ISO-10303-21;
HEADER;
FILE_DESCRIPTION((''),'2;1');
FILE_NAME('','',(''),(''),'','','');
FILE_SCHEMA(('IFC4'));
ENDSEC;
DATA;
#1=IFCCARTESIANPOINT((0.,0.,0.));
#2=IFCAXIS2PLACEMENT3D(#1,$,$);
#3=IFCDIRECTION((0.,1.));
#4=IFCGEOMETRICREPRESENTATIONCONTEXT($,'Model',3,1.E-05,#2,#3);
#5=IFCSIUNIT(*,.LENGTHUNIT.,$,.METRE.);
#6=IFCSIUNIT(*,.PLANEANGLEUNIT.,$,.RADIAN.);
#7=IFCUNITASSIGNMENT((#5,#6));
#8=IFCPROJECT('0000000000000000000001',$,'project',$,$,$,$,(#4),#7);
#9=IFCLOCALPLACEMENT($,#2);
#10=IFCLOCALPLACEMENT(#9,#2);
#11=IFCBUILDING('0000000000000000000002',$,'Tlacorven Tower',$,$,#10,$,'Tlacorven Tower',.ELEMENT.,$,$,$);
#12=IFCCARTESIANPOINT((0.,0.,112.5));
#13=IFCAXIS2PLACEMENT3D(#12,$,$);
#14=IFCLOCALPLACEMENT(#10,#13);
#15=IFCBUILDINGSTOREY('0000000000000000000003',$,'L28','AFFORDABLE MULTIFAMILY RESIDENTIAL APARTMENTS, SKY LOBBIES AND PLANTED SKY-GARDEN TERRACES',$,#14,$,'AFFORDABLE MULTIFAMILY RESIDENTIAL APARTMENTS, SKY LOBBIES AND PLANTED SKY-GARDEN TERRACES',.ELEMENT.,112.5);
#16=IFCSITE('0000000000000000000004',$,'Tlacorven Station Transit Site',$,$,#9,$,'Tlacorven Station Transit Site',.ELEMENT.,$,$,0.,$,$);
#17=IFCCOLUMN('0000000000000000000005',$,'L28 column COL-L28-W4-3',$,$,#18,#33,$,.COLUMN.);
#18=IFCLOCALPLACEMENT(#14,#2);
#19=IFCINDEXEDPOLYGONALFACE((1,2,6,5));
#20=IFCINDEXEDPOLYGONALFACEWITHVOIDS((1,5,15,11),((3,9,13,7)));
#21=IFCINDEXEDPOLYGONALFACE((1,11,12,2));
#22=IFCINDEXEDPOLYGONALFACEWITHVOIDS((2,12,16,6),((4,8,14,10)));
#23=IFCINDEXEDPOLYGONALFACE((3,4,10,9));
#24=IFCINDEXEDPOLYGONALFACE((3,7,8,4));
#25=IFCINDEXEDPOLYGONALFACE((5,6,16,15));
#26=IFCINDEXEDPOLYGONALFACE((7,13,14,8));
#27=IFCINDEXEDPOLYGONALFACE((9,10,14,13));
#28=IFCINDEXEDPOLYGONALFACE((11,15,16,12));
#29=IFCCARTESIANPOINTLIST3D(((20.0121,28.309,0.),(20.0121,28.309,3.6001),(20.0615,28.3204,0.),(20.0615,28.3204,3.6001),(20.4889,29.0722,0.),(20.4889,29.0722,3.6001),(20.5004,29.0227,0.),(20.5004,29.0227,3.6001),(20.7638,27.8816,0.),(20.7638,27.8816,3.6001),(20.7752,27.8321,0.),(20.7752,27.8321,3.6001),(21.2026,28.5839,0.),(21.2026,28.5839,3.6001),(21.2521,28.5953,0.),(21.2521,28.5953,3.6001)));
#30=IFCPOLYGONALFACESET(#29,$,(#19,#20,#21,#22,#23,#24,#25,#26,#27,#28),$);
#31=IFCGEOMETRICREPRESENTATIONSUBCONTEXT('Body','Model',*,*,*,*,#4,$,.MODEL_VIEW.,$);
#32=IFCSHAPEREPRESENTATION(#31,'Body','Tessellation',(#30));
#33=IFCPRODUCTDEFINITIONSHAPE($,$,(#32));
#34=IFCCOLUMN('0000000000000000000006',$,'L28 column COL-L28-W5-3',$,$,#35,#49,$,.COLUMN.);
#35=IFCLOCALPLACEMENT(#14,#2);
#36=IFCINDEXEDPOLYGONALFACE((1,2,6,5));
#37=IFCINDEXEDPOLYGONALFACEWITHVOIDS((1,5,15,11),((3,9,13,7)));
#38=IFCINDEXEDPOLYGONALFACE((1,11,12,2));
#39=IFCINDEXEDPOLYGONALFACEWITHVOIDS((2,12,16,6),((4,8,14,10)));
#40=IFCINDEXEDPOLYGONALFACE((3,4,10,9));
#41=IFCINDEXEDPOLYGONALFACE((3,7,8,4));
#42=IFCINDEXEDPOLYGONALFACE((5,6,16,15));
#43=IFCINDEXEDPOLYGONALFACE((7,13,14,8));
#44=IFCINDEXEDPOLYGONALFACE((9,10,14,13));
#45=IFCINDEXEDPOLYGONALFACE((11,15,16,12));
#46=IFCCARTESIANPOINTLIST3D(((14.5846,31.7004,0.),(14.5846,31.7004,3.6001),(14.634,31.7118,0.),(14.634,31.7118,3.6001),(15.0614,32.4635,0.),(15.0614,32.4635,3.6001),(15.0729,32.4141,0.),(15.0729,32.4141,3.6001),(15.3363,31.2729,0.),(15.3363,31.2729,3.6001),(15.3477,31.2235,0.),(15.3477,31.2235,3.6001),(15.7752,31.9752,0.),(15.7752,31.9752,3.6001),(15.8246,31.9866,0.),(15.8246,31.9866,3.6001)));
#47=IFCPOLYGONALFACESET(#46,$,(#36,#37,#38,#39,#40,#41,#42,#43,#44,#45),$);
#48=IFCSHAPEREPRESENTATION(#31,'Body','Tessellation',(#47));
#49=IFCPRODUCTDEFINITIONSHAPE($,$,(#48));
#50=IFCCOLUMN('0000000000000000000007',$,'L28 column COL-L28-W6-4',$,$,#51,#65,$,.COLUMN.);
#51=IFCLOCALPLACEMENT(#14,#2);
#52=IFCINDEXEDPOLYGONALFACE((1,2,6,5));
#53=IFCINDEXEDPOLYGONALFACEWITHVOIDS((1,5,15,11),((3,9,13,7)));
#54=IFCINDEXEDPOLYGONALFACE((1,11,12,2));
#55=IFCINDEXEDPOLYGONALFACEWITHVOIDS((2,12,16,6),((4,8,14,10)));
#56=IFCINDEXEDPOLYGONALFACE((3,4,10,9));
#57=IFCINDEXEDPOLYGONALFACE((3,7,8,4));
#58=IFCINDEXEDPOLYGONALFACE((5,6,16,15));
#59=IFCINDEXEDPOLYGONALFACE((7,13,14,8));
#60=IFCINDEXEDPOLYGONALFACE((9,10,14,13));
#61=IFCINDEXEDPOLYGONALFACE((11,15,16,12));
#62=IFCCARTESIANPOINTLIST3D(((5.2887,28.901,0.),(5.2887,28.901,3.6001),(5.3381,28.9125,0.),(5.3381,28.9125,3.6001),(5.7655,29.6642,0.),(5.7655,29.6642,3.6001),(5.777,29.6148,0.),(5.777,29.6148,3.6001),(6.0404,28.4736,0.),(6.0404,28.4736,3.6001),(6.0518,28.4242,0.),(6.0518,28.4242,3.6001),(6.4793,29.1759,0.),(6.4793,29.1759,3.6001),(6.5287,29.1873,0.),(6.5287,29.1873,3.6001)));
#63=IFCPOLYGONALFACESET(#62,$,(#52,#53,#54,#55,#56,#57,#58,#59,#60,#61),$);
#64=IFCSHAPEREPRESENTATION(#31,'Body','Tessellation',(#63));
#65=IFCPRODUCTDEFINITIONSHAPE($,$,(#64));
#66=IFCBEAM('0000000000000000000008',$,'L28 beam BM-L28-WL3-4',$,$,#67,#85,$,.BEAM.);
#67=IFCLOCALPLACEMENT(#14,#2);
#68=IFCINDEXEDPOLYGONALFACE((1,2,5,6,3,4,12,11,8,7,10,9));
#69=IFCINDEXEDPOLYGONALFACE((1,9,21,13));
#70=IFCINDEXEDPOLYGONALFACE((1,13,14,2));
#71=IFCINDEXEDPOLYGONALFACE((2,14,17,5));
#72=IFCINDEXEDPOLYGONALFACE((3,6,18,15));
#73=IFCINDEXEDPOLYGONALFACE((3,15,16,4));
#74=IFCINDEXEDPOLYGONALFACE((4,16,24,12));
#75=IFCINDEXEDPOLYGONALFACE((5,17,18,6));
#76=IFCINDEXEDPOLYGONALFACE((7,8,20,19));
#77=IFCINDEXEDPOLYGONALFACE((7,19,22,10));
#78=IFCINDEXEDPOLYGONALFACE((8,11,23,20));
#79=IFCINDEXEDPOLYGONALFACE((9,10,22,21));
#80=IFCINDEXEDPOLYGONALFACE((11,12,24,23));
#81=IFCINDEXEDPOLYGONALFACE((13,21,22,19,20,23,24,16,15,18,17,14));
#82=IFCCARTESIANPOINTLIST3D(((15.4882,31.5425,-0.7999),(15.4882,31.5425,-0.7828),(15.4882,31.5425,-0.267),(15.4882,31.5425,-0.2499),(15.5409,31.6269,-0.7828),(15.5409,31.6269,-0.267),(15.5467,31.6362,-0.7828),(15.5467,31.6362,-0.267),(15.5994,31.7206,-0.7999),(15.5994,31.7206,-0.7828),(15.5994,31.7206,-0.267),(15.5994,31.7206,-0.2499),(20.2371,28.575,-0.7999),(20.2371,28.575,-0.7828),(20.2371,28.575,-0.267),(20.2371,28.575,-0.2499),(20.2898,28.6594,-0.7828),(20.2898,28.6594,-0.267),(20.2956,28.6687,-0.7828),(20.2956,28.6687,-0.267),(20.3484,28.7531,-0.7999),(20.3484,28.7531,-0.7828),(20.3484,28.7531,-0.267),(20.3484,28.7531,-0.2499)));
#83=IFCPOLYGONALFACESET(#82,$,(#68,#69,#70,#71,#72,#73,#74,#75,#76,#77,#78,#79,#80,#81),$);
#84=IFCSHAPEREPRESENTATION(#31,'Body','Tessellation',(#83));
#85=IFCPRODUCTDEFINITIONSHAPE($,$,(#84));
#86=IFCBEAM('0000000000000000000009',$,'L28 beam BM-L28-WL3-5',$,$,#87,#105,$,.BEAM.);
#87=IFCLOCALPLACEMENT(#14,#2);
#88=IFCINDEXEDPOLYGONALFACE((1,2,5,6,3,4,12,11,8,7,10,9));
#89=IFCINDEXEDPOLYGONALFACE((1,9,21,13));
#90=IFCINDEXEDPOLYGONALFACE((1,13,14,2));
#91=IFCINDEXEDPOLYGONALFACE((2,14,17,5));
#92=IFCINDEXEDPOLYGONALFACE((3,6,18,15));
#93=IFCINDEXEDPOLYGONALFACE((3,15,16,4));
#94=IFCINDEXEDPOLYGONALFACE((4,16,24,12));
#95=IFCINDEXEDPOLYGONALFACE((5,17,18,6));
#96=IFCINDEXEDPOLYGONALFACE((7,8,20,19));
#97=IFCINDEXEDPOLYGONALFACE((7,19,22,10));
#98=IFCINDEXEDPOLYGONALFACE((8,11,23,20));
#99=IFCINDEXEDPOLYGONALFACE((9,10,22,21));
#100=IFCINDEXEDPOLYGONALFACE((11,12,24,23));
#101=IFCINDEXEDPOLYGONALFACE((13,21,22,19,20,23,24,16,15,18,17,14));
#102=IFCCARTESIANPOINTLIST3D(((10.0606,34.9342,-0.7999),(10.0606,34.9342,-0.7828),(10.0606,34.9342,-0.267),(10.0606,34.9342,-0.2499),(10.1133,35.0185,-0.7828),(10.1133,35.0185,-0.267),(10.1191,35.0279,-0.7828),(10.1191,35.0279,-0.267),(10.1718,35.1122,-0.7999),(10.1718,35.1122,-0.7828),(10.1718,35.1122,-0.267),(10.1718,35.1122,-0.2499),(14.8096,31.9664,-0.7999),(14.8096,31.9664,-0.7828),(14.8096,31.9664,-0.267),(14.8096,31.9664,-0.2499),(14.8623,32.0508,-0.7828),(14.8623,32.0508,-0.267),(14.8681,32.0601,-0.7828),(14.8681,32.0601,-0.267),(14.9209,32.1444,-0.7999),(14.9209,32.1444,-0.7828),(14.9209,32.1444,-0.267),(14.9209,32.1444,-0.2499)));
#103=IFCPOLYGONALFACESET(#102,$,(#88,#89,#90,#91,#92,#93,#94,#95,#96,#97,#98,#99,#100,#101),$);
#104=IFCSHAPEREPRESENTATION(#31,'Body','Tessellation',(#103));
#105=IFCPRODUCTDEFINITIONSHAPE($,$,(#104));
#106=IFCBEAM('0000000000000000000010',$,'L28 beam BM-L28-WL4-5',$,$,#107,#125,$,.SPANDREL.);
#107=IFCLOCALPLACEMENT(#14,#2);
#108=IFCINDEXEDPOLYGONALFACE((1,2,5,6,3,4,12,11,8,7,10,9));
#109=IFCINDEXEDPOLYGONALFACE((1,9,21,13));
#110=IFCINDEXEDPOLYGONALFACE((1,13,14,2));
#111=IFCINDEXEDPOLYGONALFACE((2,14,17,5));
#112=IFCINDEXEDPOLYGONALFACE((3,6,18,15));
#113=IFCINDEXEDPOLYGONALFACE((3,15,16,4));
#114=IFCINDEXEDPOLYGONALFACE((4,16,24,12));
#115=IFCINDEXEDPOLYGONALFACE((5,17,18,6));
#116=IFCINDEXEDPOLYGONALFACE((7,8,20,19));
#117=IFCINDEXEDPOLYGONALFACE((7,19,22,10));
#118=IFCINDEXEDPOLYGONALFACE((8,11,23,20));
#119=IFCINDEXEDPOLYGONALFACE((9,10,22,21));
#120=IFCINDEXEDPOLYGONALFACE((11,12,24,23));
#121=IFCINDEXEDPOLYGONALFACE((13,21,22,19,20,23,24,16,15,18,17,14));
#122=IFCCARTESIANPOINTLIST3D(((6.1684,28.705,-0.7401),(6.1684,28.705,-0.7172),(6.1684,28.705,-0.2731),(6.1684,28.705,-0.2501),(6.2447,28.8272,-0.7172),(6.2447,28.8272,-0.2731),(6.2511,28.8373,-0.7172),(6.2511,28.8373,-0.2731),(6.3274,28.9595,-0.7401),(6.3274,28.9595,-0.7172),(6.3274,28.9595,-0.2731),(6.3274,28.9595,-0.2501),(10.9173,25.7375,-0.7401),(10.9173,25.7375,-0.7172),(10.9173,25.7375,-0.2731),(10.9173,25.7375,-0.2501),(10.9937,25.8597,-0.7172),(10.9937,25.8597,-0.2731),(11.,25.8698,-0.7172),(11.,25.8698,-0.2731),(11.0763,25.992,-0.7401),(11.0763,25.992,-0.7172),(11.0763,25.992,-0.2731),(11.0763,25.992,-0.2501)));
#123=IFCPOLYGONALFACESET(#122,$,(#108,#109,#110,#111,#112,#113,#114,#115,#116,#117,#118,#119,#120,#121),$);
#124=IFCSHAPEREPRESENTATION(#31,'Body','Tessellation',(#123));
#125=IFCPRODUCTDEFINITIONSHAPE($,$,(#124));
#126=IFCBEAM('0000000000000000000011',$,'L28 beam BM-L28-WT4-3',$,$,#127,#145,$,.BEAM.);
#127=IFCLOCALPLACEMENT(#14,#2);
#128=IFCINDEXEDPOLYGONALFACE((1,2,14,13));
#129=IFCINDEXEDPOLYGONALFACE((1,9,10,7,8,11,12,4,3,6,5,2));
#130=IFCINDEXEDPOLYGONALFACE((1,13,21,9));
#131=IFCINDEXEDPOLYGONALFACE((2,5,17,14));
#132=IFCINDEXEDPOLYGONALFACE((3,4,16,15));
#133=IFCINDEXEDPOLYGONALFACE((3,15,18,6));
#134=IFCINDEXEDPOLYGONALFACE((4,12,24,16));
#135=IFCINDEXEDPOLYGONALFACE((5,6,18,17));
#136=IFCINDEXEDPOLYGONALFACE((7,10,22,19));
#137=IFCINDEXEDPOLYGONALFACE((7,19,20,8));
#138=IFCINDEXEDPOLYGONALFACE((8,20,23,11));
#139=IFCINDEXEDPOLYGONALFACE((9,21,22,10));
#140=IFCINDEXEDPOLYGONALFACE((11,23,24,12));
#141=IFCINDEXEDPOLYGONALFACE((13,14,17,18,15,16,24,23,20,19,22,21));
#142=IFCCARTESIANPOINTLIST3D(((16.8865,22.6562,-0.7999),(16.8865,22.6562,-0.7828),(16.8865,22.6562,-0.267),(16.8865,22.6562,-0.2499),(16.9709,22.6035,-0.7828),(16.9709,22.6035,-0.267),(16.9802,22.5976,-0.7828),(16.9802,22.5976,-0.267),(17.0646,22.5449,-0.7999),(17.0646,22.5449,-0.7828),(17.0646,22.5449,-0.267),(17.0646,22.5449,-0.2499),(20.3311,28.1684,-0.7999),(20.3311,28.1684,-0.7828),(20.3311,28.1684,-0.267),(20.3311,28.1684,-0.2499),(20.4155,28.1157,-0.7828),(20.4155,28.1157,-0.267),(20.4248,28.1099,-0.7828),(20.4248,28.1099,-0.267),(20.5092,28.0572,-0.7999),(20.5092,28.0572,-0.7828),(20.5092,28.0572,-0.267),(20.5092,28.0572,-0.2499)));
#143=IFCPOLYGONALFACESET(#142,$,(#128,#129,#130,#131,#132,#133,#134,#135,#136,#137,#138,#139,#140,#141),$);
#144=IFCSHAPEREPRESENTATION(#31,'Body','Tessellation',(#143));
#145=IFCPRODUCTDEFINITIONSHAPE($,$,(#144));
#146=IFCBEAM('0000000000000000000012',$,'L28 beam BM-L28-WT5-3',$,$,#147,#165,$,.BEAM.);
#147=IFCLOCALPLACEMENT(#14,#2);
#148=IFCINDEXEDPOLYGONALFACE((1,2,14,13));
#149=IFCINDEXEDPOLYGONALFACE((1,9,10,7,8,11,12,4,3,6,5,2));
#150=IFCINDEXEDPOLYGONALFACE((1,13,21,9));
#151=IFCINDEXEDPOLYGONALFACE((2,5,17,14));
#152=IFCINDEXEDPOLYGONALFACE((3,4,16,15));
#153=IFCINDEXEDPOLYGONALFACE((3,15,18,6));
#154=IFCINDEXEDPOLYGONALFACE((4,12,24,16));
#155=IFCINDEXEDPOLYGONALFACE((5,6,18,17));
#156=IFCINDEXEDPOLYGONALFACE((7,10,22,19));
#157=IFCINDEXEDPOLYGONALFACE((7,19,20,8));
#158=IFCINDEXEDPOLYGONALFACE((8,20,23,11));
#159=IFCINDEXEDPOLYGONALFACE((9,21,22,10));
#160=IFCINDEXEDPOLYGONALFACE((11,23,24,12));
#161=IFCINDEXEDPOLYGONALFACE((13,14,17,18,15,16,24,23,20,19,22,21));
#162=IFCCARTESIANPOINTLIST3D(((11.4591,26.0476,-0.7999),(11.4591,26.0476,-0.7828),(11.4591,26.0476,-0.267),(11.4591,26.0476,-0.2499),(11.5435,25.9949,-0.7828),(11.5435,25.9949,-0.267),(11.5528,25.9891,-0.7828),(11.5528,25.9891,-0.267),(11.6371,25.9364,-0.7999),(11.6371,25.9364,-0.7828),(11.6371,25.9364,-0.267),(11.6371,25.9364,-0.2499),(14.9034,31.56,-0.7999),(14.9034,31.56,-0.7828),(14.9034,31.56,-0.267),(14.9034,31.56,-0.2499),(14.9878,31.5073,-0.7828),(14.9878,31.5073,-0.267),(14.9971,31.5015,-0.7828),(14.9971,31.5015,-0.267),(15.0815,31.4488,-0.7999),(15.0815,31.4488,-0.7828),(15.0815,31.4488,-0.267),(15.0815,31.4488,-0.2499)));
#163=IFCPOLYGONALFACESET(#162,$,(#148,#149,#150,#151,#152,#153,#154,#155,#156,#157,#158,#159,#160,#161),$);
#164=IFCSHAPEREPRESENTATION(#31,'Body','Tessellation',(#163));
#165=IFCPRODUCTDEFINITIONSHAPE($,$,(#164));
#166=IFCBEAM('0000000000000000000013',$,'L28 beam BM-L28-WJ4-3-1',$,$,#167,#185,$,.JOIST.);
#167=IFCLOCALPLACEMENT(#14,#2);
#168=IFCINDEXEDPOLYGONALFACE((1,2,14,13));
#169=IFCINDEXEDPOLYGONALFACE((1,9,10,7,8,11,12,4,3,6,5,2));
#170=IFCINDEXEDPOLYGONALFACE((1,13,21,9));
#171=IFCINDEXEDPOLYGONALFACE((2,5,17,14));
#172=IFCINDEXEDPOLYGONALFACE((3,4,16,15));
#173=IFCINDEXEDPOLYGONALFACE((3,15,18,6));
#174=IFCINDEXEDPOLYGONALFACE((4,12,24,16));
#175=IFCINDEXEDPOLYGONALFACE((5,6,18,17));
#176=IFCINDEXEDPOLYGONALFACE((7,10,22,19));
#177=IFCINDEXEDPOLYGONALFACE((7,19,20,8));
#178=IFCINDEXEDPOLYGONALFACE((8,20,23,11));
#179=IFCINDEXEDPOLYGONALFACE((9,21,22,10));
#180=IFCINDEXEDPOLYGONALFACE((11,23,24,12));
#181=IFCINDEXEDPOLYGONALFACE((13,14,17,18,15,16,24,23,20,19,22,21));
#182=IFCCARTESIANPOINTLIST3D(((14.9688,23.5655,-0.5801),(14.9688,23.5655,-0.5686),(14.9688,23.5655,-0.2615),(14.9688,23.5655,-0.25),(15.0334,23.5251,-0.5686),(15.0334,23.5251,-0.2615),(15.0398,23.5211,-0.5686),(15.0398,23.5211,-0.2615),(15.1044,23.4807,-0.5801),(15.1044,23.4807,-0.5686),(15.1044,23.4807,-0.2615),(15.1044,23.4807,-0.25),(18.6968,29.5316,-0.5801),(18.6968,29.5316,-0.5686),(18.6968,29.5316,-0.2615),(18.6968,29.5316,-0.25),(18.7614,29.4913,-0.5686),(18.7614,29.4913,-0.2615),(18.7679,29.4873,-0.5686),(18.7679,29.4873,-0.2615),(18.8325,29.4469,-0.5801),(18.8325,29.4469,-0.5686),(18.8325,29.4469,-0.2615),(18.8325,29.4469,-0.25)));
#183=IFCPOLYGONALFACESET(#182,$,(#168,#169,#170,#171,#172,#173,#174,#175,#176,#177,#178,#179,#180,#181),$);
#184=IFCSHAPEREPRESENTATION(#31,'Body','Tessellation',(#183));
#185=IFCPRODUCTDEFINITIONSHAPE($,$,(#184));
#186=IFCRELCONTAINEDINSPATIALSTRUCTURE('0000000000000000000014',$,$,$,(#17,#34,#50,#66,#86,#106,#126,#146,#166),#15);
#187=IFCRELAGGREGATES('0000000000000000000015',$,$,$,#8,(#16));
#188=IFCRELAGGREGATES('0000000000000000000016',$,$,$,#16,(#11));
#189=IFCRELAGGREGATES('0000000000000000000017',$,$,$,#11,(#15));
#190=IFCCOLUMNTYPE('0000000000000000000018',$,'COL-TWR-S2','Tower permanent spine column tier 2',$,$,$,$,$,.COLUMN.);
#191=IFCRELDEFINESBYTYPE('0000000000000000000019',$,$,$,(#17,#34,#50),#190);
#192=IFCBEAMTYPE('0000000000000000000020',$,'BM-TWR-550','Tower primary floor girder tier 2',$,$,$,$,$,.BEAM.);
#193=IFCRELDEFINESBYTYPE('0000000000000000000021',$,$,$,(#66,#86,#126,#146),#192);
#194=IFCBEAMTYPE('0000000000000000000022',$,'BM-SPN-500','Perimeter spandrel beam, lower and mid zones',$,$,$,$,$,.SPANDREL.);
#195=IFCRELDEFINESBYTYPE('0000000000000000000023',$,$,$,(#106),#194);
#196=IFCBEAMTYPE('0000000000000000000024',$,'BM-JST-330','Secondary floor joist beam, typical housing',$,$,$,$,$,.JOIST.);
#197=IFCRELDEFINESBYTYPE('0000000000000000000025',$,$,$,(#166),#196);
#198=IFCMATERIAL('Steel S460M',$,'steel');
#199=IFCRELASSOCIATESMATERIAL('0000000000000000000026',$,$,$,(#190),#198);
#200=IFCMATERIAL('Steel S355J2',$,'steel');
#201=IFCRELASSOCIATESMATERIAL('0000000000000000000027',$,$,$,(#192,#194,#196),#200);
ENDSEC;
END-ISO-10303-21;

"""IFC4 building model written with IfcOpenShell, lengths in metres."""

from ifc_helpers import new_model, si_unit, direction, frame, origin, origin_2d, place, context, subcontext, project, spatial, hollow_rectangle, i_section, extrude, source, transform, mapped, material, material_profile, profile_set, type_object, element, save


model = new_model("IFC4")

# Units and contexts
model_context = context("Model", 3, precision=1e-05, world=origin(), true_north=direction((0.0, 1.0)))
body_context = subcontext(model_context, "Body", "Model", "MODEL_VIEW")
ifc_project = project(units=[si_unit("LENGTHUNIT", "METRE"), si_unit("PLANEANGLEUNIT", "RADIAN")], contexts=[model_context])

# Site, building, storey
site_placement = place(None, origin())
site = spatial("IfcSite", under=ifc_project, at=site_placement, Name="Tlacorven Station Transit Site", LongName="Tlacorven Station Transit Site", CompositionType="ELEMENT", RefElevation=0.0)
building_placement = place(site_placement, origin())
building = spatial("IfcBuilding", under=site, at=building_placement, Name="Tlacorven Tower", LongName="Tlacorven Tower", CompositionType="ELEMENT")
storey_placement = place(building_placement, frame((0.0, 0.0, 112.5)))
storey = spatial("IfcBuildingStorey", under=building, at=storey_placement, Name="L28", Description="AFFORDABLE MULTIFAMILY RESIDENTIAL APARTMENTS, SKY LOBBIES AND PLANTED SKY-GARDEN TERRACES", LongName="AFFORDABLE MULTIFAMILY RESIDENTIAL APARTMENTS, SKY LOBBIES AND PLANTED SKY-GARDEN TERRACES", CompositionType="ELEMENT", Elevation=112.5)

# Columns
ifc_material_1 = material(Name="Steel S460M", Category="steel")
ifc_material_profile_1 = material_profile(ifc_material_1, hollow_rectangle(XDim=0.8999, YDim=0.8999, WallThickness=0.0359, at=origin_2d()), Name="BOX 900X900X36")
ifc_profile_set_1 = profile_set([ifc_material_profile_1], Name="Steel S460M")
column_type = type_object("IfcColumnType", Name="COL-TWR-S2", Description="Tower permanent spine column tier 2", PredefinedType="COLUMN", material=ifc_profile_set_1)
shared_shape_1 = source(origin(), body_context, "Body", "SweptSolid", [
    extrude(hollow_rectangle(XDim=0.8999, YDim=0.8999, WallThickness=0.0359, at=origin_2d()), origin(), (0.0, 0.0, 1.0), 3.6001),
])
for number, where, z_axis, x_axis, name in (
    (1, (20.6321, 28.4521, 0.0), (0.0, 0.0, 1.0), (-0.848048, 0.529919, 0.0), "L28 column COL-L28-W4-3"),
    (2, (15.2046, 31.8435, 0.0), (0.0, 0.0, 1.0), (-0.848048, 0.529919, 0.0), "L28 column COL-L28-W5-3"),
    (3, (5.9087, 29.0442, 0.0), (0.0, 0.0, 1.0), (-0.848048, 0.529919, 0.0), "L28 column COL-L28-W6-4"),
):
    element("IfcColumn", number, at=place(storey_placement, frame(where, z_axis=z_axis, x_axis=x_axis)), inside=storey, type_object=column_type, Name=name, PredefinedType="COLUMN", context=body_context, shape_type="MappedRepresentation", body=[
        mapped(shared_shape_1, transform((0.0, 0.0, 0.0), scale=1.0)),
    ])

# Beams
ifc_material_2 = material(Name="Steel S355J2", Category="steel")
ifc_material_profile_2 = material_profile(ifc_material_2, i_section(OverallWidth=0.21, OverallDepth=0.55, WebThickness=0.011, FlangeThickness=0.0171, at=origin_2d()), Name="IPE 550")
ifc_profile_set_2 = profile_set([ifc_material_profile_2], Name="Steel S355J2")
beam_type_1 = type_object("IfcBeamType", Name="BM-TWR-550", Description="Tower primary floor girder tier 2", PredefinedType="BEAM", material=ifc_profile_set_2)
shared_shape_2 = source(origin(), body_context, "Body", "SweptSolid", [
    extrude(i_section(OverallWidth=0.21, OverallDepth=0.55, WebThickness=0.011, FlangeThickness=0.0171, at=origin_2d()), origin(), (0.0, 0.0, 1.0), 5.5999),
])
beam_1_placement = place(storey_placement, frame((20.2927, 28.6641, -0.5249), z_axis=(-0.848047, 0.529921, 0.0), x_axis=(-0.529921, -0.848047, 0.0)))
element("IfcBeam", 4, at=beam_1_placement, inside=storey, type_object=beam_type_1, Name="L28 beam BM-L28-WL3-4", PredefinedType="BEAM", context=body_context, shape_type="MappedRepresentation", body=[
    mapped(shared_shape_2, transform((0.0, 0.0, 0.0), scale=1.0)),
])
shared_shape_3 = source(origin(), body_context, "Body", "SweptSolid", [
    extrude(i_section(OverallWidth=0.21, OverallDepth=0.55, WebThickness=0.011, FlangeThickness=0.0171, at=origin_2d()), origin(), (0.0, 0.0, 1.0), 5.6001),
])
beam_2_placement = place(storey_placement, frame((14.8652, 32.0554, -0.5249), z_axis=(-0.848028, 0.529952, 0.0), x_axis=(-0.529952, -0.848028, 0.0)))
element("IfcBeam", 5, at=beam_2_placement, inside=storey, type_object=beam_type_1, Name="L28 beam BM-L28-WL3-5", PredefinedType="BEAM", context=body_context, shape_type="MappedRepresentation", body=[
    mapped(shared_shape_3, transform((0.0, 0.0, 0.0), scale=1.0)),
])
ifc_material_profile_3 = material_profile(ifc_material_2, i_section(OverallWidth=0.3, OverallDepth=0.49, WebThickness=0.012, FlangeThickness=0.0229, at=origin_2d()), Name="HEA 500")
ifc_profile_set_3 = profile_set([ifc_material_profile_3], Name="Steel S355J2")
beam_type_2 = type_object("IfcBeamType", Name="BM-SPN-500", Description="Perimeter spandrel beam, lower and mid zones", PredefinedType="SPANDREL", material=ifc_profile_set_3)
shared_shape_4 = source(origin(), body_context, "Body", "SweptSolid", [
    extrude(i_section(OverallWidth=0.3, OverallDepth=0.49, WebThickness=0.012, FlangeThickness=0.0229, at=origin_2d()), origin(), (0.0, 0.0, 1.0), 5.5999),
])
beam_3_placement = place(storey_placement, frame((10.9968, 25.8647, -0.4951), z_axis=(-0.848047, 0.529921, 0.0), x_axis=(-0.529921, -0.848047, 0.0)))
element("IfcBeam", 6, at=beam_3_placement, inside=storey, type_object=beam_type_2, Name="L28 beam BM-L28-WL4-5", PredefinedType="SPANDREL", context=body_context, shape_type="MappedRepresentation", body=[
    mapped(shared_shape_4, transform((0.0, 0.0, 0.0), scale=1.0)),
])
shared_shape_5 = source(origin(), body_context, "Body", "SweptSolid", [
    extrude(i_section(OverallWidth=0.21, OverallDepth=0.55, WebThickness=0.011, FlangeThickness=0.0171, at=origin_2d()), origin(), (0.0, 0.0, 1.0), 6.5),
])
for number, where, z_axis, x_axis, name in (
    (7, (20.4202, 28.1128, -0.5249), (-0.529938, -0.848036, 0.0), (0.848036, -0.529938, 0.0), "L28 beam BM-L28-WT4-3"),
    (8, (14.9924, 31.5044, -0.5249), (-0.529894, -0.848064, 0.0), (0.848064, -0.529894, 0.0), "L28 beam BM-L28-WT5-3"),
):
    element("IfcBeam", number, at=place(storey_placement, frame(where, z_axis=z_axis, x_axis=x_axis)), inside=storey, type_object=beam_type_1, Name=name, PredefinedType="BEAM", context=body_context, shape_type="MappedRepresentation", body=[
        mapped(shared_shape_5, transform((0.0, 0.0, 0.0), scale=1.0)),
    ])
ifc_material_profile_4 = material_profile(ifc_material_2, i_section(OverallWidth=0.1599, OverallDepth=0.3301, WebThickness=0.0076, FlangeThickness=0.0115, at=origin_2d()), Name="IPE 330")
ifc_profile_set_4 = profile_set([ifc_material_profile_4], Name="Steel S355J2")
beam_type_3 = type_object("IfcBeamType", Name="BM-JST-330", Description="Secondary floor joist beam, typical housing", PredefinedType="JOIST", material=ifc_profile_set_4)
shared_shape_6 = source(origin(), body_context, "Body", "SweptSolid", [
    extrude(i_section(OverallWidth=0.1599, OverallDepth=0.3301, WebThickness=0.0076, FlangeThickness=0.0115, at=origin_2d()), origin(), (0.0, 0.0, 1.0), 7.0352),
])
for number, where, z_axis, x_axis, name in (
    (9, (18.7646, 29.4893, -0.415), (-0.529921, -0.848047, 0.0), (0.848047, -0.529921, 0.0), "L28 beam BM-L28-WJ4-3-1"),
):
    element("IfcBeam", number, at=place(storey_placement, frame(where, z_axis=z_axis, x_axis=x_axis)), inside=storey, type_object=beam_type_3, Name=name, PredefinedType="JOIST", context=body_context, shape_type="MappedRepresentation", body=[
        mapped(shared_shape_6, transform((0.0, 0.0, 0.0), scale=1.0)),
    ])

save(model, "model.ifc")
